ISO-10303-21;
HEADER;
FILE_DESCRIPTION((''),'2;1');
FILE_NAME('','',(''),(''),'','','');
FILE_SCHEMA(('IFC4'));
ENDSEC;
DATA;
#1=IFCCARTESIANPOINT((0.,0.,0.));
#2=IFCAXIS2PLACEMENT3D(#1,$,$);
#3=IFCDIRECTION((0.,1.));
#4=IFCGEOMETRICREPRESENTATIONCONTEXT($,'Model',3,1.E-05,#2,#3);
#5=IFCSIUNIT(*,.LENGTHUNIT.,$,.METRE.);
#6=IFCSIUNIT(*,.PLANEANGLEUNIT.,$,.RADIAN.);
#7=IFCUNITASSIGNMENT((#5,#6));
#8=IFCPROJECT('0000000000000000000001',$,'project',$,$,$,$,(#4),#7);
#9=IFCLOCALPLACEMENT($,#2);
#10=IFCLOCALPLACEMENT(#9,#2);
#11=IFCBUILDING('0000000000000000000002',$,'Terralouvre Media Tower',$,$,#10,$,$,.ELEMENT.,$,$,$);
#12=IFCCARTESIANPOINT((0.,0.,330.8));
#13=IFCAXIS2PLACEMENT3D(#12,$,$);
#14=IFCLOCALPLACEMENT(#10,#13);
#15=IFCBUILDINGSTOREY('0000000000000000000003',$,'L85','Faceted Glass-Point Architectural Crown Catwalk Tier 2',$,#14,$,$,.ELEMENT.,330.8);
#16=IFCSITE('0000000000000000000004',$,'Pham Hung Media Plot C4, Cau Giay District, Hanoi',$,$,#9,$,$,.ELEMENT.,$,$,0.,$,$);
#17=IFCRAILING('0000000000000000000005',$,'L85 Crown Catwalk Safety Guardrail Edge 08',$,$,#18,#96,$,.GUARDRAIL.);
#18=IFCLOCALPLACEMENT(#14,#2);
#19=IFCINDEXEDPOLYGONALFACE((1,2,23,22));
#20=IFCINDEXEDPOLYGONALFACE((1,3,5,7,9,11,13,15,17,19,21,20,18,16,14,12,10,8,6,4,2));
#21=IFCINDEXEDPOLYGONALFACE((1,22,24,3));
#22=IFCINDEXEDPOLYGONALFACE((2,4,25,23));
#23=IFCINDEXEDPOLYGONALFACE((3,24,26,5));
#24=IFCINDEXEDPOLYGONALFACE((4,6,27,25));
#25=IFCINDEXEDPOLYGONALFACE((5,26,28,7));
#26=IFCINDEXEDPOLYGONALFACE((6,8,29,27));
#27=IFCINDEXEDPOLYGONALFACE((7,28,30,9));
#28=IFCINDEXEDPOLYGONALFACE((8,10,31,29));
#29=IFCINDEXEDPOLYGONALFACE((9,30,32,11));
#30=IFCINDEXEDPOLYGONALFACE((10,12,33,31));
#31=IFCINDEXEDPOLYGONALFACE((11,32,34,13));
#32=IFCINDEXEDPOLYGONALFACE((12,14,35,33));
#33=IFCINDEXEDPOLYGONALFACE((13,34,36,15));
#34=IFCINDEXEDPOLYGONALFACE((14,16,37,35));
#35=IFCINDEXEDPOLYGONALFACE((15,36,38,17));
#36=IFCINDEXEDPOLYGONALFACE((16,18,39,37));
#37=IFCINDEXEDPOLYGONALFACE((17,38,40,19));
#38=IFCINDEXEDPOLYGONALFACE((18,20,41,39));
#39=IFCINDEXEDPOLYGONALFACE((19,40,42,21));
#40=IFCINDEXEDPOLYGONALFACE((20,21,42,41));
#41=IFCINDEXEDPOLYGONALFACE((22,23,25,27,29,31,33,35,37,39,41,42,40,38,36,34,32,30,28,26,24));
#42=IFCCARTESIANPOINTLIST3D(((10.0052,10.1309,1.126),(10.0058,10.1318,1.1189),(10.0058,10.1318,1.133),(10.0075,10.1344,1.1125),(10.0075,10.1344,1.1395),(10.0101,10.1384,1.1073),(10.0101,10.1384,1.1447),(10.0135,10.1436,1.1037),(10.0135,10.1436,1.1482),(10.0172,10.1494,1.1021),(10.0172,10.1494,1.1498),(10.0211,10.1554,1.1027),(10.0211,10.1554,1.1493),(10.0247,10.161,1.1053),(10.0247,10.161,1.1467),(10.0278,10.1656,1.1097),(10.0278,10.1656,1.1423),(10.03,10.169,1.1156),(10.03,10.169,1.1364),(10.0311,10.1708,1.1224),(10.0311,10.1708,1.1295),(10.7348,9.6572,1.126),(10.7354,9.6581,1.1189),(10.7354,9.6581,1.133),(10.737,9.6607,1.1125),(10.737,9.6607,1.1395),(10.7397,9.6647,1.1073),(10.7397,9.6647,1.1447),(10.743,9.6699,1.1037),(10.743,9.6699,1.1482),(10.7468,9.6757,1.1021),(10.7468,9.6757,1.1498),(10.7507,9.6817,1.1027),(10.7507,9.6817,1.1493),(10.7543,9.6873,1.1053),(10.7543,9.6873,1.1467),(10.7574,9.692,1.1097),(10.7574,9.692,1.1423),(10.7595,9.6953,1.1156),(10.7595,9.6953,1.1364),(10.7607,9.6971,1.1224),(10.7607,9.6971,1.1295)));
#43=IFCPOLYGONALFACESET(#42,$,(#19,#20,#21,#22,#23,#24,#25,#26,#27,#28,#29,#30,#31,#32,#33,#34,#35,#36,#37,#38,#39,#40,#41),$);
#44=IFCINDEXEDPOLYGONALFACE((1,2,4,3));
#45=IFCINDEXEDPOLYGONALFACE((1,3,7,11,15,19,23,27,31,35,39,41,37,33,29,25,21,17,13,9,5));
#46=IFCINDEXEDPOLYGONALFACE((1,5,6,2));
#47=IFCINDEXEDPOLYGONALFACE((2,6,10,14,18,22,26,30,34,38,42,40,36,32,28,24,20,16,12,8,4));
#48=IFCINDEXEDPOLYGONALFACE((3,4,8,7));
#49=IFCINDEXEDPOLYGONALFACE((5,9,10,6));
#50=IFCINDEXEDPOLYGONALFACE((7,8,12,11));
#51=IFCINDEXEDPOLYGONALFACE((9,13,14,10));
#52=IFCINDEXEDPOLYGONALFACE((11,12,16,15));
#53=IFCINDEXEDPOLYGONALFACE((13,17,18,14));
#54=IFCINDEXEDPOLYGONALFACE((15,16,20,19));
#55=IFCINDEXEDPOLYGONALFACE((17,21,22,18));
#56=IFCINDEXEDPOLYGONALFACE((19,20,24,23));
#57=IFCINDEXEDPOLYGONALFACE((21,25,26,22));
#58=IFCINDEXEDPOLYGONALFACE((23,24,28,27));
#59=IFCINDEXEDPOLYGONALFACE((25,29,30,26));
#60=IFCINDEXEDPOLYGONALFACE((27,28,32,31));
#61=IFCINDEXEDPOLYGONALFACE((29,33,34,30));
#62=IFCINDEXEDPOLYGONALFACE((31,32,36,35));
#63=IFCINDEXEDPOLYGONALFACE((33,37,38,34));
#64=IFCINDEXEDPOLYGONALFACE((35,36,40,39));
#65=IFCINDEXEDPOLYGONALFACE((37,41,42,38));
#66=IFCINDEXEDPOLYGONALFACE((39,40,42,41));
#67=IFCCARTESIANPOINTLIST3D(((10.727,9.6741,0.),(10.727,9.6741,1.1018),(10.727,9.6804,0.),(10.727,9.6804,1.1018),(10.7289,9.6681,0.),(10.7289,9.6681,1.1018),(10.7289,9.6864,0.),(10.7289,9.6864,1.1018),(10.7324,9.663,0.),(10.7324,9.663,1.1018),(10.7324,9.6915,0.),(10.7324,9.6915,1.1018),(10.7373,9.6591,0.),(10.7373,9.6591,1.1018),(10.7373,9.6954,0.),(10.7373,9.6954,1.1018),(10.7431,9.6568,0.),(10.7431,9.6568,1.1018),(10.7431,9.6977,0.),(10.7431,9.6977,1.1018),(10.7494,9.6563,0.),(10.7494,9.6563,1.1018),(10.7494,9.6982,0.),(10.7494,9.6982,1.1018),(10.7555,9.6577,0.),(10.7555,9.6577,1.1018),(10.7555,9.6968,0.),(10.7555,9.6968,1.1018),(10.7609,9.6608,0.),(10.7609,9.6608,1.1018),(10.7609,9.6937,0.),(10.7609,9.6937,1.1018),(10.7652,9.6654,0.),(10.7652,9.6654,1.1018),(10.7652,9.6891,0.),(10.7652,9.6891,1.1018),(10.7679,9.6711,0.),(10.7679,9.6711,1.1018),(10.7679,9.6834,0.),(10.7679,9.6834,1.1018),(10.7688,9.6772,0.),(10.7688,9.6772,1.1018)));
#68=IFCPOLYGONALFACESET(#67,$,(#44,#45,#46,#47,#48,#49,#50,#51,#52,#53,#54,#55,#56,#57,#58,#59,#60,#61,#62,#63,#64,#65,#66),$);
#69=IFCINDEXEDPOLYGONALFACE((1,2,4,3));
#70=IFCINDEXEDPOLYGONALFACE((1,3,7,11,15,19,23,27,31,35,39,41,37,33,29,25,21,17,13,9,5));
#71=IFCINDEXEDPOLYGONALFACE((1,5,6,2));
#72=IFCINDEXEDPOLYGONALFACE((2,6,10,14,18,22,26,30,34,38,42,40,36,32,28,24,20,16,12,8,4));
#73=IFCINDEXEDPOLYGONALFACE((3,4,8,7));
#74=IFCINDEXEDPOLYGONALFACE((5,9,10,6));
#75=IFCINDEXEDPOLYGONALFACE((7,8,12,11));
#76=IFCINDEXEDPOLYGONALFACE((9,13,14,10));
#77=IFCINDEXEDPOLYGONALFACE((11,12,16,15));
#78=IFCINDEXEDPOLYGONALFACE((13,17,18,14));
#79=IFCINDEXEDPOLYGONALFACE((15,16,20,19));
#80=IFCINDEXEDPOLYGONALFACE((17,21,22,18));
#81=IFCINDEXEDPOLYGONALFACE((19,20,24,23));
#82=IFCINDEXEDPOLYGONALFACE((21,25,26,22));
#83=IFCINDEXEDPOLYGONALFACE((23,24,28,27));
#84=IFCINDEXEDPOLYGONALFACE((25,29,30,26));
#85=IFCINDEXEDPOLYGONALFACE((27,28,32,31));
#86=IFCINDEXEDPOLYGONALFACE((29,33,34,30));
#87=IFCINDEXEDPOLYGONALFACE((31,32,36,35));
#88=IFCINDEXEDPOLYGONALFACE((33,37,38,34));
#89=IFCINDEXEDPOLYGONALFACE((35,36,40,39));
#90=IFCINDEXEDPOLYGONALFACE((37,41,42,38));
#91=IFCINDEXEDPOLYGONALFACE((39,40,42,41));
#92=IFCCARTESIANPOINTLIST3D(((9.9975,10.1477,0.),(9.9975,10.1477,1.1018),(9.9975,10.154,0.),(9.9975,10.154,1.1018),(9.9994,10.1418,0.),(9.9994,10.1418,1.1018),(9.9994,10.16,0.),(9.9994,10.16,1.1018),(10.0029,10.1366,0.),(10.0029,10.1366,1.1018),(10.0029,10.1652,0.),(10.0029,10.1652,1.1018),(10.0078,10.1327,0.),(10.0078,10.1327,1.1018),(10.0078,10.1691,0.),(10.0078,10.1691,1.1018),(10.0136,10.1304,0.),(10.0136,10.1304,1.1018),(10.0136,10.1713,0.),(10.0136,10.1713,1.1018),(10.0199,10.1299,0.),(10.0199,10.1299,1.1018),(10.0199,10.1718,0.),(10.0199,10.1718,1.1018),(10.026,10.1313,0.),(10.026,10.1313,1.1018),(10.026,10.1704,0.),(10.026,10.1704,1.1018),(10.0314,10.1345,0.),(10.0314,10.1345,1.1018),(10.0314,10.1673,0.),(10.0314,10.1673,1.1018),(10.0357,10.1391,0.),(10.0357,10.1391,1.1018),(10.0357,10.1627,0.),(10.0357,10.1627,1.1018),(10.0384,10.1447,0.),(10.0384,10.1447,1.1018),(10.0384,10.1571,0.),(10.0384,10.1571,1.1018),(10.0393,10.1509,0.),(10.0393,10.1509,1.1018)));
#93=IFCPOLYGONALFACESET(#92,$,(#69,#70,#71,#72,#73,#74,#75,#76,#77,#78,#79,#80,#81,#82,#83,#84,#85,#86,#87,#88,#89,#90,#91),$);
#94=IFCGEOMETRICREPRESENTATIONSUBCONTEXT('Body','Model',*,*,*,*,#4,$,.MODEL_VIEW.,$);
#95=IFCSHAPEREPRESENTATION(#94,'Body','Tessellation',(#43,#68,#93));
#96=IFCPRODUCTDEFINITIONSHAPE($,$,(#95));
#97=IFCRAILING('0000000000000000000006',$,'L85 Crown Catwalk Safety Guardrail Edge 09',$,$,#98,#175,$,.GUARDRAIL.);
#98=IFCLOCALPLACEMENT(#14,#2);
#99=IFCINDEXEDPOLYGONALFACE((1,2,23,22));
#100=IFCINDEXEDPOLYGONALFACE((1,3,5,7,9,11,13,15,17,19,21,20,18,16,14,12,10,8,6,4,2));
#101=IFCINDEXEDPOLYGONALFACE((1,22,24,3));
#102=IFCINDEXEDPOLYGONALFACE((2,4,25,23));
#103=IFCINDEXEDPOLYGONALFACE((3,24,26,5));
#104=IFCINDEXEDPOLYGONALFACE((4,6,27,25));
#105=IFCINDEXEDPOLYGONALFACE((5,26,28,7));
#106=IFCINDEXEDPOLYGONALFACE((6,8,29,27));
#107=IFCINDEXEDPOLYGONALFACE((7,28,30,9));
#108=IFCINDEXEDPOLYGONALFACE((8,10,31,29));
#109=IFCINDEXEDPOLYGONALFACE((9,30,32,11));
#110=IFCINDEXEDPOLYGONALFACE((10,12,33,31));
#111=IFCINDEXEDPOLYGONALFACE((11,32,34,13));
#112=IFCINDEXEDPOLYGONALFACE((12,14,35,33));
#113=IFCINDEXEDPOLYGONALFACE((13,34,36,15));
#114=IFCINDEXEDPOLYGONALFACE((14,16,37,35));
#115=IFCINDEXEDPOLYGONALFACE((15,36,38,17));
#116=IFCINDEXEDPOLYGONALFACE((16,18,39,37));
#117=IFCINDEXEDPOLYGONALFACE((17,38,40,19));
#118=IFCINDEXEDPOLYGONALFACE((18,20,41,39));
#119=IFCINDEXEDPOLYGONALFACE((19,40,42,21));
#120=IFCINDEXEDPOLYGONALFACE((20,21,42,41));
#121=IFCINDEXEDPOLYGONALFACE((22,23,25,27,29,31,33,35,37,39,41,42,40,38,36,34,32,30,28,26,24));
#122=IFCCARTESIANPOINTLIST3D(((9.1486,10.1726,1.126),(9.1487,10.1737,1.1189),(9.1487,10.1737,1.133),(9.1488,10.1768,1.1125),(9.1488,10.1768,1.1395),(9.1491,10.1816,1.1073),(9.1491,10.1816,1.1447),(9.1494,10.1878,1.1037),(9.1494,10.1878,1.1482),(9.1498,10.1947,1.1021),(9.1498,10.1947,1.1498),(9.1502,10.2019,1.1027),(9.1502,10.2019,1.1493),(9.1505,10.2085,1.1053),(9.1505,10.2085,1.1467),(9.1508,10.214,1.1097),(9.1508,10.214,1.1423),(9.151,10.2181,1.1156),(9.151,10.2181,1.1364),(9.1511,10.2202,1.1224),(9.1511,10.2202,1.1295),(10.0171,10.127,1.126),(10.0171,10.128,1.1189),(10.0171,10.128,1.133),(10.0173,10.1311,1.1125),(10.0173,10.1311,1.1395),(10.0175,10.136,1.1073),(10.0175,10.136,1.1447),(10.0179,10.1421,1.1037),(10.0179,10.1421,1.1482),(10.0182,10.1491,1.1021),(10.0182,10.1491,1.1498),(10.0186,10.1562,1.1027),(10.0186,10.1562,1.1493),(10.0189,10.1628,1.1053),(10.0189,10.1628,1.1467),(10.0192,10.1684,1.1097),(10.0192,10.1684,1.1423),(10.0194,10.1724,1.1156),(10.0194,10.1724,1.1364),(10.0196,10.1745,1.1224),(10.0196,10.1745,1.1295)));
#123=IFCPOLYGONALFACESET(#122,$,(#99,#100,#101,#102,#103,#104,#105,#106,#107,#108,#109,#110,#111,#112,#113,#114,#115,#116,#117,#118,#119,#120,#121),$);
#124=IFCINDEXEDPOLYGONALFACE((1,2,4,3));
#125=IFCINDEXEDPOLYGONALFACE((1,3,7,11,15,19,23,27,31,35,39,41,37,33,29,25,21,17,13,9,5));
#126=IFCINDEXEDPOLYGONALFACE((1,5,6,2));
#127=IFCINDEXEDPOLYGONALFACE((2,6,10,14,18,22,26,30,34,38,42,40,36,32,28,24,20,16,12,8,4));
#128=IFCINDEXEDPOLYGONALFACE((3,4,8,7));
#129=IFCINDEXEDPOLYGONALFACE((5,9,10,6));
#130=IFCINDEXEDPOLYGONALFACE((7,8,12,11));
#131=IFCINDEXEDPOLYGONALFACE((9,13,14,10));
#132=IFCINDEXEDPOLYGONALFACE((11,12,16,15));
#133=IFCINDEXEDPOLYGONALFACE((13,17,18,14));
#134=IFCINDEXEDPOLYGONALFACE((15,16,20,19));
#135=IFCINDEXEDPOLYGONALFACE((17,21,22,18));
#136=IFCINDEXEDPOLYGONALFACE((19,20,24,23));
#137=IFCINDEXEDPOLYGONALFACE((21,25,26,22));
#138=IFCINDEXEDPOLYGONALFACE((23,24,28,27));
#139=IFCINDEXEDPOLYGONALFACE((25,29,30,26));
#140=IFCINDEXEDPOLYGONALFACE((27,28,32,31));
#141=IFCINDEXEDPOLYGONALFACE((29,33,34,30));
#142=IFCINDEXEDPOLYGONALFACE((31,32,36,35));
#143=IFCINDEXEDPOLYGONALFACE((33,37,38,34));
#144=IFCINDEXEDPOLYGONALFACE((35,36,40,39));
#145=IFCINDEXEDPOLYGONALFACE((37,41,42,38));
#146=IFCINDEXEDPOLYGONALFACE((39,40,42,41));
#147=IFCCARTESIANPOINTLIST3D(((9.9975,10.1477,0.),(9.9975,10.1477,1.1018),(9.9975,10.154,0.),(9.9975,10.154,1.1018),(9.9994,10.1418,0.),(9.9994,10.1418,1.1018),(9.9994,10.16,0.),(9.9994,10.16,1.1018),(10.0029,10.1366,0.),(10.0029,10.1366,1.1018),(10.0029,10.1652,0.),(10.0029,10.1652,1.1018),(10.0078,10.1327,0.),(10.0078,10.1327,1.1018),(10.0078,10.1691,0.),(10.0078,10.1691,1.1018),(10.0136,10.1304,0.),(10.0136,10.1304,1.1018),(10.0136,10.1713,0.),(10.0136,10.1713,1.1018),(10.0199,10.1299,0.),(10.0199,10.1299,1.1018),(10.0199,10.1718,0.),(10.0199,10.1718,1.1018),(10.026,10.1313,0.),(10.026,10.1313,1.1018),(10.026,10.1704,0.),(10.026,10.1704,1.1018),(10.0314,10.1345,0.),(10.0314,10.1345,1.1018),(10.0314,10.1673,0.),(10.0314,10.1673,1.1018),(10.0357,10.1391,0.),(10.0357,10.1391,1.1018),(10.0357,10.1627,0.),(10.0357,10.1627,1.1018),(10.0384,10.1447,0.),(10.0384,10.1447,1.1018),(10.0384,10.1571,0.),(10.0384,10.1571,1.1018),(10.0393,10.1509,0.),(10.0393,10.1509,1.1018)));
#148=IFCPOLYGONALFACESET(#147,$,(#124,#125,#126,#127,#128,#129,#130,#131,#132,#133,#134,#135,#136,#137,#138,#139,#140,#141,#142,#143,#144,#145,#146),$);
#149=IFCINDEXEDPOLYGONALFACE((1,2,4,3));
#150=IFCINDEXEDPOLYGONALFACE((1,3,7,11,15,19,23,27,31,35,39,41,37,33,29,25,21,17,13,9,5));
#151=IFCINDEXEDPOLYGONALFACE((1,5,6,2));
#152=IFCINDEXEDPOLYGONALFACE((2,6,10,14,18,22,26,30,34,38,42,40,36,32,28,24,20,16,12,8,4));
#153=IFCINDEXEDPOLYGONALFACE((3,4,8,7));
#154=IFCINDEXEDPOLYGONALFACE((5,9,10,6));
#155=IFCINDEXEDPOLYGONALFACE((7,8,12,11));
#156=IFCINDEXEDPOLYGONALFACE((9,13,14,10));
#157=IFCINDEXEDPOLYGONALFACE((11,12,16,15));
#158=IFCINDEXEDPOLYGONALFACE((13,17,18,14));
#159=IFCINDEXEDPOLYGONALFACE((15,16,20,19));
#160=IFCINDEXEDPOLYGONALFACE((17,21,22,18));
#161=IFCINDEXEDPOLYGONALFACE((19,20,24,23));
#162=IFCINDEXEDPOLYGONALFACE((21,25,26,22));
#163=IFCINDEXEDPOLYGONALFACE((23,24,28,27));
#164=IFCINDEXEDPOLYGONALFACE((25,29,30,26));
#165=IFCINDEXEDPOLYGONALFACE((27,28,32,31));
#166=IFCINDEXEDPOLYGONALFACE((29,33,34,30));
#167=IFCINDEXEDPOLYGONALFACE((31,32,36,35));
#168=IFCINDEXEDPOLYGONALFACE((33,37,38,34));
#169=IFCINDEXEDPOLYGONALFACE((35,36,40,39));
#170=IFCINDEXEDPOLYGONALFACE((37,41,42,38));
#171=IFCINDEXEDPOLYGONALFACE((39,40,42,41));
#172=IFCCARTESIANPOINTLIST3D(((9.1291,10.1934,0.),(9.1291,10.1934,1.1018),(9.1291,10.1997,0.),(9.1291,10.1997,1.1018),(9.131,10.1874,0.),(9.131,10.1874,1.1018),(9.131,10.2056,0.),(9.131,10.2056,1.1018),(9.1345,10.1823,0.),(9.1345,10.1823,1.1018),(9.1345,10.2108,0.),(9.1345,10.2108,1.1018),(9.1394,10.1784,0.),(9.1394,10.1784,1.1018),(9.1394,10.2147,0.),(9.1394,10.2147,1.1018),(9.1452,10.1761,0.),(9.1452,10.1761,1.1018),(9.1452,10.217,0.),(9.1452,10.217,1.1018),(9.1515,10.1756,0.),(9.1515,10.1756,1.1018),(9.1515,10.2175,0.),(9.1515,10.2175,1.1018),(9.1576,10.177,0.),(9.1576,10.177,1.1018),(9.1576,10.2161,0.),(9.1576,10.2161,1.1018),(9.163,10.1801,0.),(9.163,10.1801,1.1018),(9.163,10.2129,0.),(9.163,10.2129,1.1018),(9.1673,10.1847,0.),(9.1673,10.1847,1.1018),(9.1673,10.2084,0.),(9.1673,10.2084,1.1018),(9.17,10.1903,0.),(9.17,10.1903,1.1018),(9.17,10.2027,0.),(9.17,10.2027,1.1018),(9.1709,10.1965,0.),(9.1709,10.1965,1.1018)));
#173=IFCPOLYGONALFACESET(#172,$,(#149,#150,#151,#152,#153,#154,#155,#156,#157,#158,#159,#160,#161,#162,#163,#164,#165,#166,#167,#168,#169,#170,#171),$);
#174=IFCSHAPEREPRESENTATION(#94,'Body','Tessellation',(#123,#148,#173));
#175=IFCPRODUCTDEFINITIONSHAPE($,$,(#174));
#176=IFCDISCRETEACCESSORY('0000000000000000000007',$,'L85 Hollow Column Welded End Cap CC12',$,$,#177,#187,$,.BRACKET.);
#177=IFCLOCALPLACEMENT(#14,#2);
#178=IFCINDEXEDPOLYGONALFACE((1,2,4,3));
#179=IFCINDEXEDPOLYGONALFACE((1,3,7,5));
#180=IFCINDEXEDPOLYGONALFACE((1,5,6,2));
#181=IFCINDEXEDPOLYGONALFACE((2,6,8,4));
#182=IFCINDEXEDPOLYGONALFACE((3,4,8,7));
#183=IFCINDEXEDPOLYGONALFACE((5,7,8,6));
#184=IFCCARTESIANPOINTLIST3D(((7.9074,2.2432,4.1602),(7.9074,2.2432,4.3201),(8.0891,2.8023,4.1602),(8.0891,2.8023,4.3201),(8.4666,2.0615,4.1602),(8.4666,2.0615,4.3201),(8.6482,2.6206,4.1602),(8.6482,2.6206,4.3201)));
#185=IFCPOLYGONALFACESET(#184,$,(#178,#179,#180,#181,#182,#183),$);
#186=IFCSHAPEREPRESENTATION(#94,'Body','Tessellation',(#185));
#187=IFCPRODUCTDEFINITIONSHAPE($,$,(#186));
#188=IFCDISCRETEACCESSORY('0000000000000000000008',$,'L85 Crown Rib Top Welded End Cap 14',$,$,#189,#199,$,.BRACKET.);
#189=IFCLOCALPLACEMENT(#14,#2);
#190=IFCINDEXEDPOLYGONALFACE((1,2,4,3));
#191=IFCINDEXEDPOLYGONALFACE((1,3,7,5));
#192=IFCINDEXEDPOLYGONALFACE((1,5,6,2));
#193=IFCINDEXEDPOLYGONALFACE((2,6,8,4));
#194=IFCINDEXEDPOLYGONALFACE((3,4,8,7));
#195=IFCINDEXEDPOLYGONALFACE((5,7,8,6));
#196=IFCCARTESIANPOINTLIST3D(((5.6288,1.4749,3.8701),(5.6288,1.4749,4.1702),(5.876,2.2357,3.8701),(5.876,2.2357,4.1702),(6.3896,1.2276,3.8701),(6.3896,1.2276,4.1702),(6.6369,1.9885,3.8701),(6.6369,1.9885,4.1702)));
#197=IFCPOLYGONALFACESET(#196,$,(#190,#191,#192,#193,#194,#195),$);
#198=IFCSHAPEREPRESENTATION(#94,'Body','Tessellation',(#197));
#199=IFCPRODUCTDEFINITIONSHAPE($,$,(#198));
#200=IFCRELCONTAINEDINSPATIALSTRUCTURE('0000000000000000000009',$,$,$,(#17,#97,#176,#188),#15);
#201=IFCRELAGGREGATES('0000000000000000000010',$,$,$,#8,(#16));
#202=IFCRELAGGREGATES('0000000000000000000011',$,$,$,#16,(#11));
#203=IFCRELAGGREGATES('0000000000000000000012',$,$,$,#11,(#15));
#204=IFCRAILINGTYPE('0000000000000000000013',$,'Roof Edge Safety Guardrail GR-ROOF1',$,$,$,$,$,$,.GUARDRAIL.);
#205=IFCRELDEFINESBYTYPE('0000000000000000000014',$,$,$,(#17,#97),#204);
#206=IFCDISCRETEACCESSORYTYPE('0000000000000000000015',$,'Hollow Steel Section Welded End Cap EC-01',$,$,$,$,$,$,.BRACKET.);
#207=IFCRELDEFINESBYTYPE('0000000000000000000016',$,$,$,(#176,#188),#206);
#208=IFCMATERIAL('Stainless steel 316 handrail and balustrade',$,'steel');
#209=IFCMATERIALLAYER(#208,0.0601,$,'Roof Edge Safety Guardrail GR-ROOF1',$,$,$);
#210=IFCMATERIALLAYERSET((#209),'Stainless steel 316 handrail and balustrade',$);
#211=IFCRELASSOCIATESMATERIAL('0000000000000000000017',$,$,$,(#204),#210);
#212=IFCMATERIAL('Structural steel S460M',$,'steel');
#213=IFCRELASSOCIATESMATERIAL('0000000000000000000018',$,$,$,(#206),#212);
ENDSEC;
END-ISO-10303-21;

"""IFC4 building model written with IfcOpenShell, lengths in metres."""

from ifc_helpers import new_model, si_unit, direction, frame, origin, origin_2d, place, context, subcontext, project, spatial, rectangle, circle, extrude, material, layer, layer_set, type_object, element, save


model = new_model("IFC4")

# Units and contexts
model_context = context("Model", 3, precision=1e-05, world=origin(), true_north=direction((0.0, 1.0)))
body_context = subcontext(model_context, "Body", "Model", "MODEL_VIEW")
ifc_project = project(units=[si_unit("LENGTHUNIT", "METRE"), si_unit("PLANEANGLEUNIT", "RADIAN")], contexts=[model_context])

# Site, building, storey
site_placement = place(None, origin())
site = spatial("IfcSite", under=ifc_project, at=site_placement, Name="Pham Hung Media Plot C4, Cau Giay District, Hanoi", CompositionType="ELEMENT", RefElevation=0.0)
building_placement = place(site_placement, origin())
building = spatial("IfcBuilding", under=site, at=building_placement, Name="Terralouvre Media Tower", CompositionType="ELEMENT")
storey_placement = place(building_placement, frame((0.0, 0.0, 330.8)))
storey = spatial("IfcBuildingStorey", under=building, at=storey_placement, Name="L85", Description="Faceted Glass-Point Architectural Crown Catwalk Tier 2", CompositionType="ELEMENT", Elevation=330.8)

# Railings
ifc_material_1 = material(Name="Stainless steel 316 handrail and balustrade", Category="steel")
ifc_layer_1 = layer(ifc_material_1, 0.0601, Name="Roof Edge Safety Guardrail GR-ROOF1")
ifc_layer_set_1 = layer_set([ifc_layer_1], Name="Stainless steel 316 handrail and balustrade")
railing_type = type_object("IfcRailingType", Name="Roof Edge Safety Guardrail GR-ROOF1", PredefinedType="GUARDRAIL", material=ifc_layer_set_1)
railing_1_placement = place(storey_placement, frame((10.7478, 9.6772, 0.0)))
element("IfcRailing", 1, at=railing_1_placement, inside=storey, type_object=railing_type, Name="L85 Crown Catwalk Safety Guardrail Edge 08", PredefinedType="GUARDRAIL", context=body_context, shape_type="SweptSolid", body=[
    extrude(circle(Radius=0.0239, at=origin_2d()), frame((0.0, 0.0, 1.126), z_axis=(-0.838726, 0.544554, 0.0), x_axis=(-0.544554, -0.838726, 0.0)), (0.0, 0.0, 1.0), 0.8699),
    extrude(circle(Radius=0.021, at=origin_2d()), origin(), (0.0, 0.0, 1.0), 1.1018),
    extrude(circle(Radius=0.021, at=origin_2d()), frame((-0.7295, 0.4736, 0.0)), (0.0, 0.0, 1.0), 1.1018),
])
railing_2_placement = place(storey_placement, frame((10.0183, 10.1509, 0.0)))
element("IfcRailing", 2, at=railing_2_placement, inside=storey, type_object=railing_type, Name="L85 Crown Catwalk Safety Guardrail Edge 09", PredefinedType="GUARDRAIL", context=body_context, shape_type="SweptSolid", body=[
    extrude(circle(Radius=0.0239, at=origin_2d()), frame((0.0, 0.0, 1.126), z_axis=(-0.998621, 0.0525, 0.0), x_axis=(-0.0525, -0.998621, 0.0)), (0.0, 0.0, 1.0), 0.8696),
    extrude(circle(Radius=0.021, at=origin_2d()), origin(), (0.0, 0.0, 1.0), 1.1018),
    extrude(circle(Radius=0.021, at=origin_2d()), frame((-0.8684, 0.0457, 0.0)), (0.0, 0.0, 1.0), 1.1018),
])

# Discrete accessories
ifc_material_2 = material(Name="Structural steel S460M", Category="steel")
discrete_accessory_type = type_object("IfcDiscreteAccessoryType", Name="Hollow Steel Section Welded End Cap EC-01", PredefinedType="BRACKET", material=ifc_material_2)
discrete_accessory_1_placement = place(storey_placement, frame((8.2778, 2.4319, 4.1602), z_axis=(0.0, 0.0, 1.0), x_axis=(0.309017, 0.951057, 0.0)))
element("IfcDiscreteAccessory", 3, at=discrete_accessory_1_placement, inside=storey, type_object=discrete_accessory_type, Name="L85 Hollow Column Welded End Cap CC12", PredefinedType="BRACKET", context=body_context, shape_type="SweptSolid", body=[
    extrude(rectangle(XDim=0.5879, YDim=0.5879, at=origin_2d()), origin(), (0.0, 0.0, 1.0), 0.1599),
])
discrete_accessory_2_placement = place(storey_placement, frame((6.1328, 1.7317, 3.8701), z_axis=(0.0, 0.0, 1.0), x_axis=(0.309017, 0.951057, 0.0)))
element("IfcDiscreteAccessory", 4, at=discrete_accessory_2_placement, inside=storey, type_object=discrete_accessory_type, Name="L85 Crown Rib Top Welded End Cap 14", PredefinedType="BRACKET", context=body_context, shape_type="SweptSolid", body=[
    extrude(rectangle(XDim=0.8, YDim=0.8, at=origin_2d()), origin(), (0.0, 0.0, 1.0), 0.3),
])

save(model, "model.ifc")
